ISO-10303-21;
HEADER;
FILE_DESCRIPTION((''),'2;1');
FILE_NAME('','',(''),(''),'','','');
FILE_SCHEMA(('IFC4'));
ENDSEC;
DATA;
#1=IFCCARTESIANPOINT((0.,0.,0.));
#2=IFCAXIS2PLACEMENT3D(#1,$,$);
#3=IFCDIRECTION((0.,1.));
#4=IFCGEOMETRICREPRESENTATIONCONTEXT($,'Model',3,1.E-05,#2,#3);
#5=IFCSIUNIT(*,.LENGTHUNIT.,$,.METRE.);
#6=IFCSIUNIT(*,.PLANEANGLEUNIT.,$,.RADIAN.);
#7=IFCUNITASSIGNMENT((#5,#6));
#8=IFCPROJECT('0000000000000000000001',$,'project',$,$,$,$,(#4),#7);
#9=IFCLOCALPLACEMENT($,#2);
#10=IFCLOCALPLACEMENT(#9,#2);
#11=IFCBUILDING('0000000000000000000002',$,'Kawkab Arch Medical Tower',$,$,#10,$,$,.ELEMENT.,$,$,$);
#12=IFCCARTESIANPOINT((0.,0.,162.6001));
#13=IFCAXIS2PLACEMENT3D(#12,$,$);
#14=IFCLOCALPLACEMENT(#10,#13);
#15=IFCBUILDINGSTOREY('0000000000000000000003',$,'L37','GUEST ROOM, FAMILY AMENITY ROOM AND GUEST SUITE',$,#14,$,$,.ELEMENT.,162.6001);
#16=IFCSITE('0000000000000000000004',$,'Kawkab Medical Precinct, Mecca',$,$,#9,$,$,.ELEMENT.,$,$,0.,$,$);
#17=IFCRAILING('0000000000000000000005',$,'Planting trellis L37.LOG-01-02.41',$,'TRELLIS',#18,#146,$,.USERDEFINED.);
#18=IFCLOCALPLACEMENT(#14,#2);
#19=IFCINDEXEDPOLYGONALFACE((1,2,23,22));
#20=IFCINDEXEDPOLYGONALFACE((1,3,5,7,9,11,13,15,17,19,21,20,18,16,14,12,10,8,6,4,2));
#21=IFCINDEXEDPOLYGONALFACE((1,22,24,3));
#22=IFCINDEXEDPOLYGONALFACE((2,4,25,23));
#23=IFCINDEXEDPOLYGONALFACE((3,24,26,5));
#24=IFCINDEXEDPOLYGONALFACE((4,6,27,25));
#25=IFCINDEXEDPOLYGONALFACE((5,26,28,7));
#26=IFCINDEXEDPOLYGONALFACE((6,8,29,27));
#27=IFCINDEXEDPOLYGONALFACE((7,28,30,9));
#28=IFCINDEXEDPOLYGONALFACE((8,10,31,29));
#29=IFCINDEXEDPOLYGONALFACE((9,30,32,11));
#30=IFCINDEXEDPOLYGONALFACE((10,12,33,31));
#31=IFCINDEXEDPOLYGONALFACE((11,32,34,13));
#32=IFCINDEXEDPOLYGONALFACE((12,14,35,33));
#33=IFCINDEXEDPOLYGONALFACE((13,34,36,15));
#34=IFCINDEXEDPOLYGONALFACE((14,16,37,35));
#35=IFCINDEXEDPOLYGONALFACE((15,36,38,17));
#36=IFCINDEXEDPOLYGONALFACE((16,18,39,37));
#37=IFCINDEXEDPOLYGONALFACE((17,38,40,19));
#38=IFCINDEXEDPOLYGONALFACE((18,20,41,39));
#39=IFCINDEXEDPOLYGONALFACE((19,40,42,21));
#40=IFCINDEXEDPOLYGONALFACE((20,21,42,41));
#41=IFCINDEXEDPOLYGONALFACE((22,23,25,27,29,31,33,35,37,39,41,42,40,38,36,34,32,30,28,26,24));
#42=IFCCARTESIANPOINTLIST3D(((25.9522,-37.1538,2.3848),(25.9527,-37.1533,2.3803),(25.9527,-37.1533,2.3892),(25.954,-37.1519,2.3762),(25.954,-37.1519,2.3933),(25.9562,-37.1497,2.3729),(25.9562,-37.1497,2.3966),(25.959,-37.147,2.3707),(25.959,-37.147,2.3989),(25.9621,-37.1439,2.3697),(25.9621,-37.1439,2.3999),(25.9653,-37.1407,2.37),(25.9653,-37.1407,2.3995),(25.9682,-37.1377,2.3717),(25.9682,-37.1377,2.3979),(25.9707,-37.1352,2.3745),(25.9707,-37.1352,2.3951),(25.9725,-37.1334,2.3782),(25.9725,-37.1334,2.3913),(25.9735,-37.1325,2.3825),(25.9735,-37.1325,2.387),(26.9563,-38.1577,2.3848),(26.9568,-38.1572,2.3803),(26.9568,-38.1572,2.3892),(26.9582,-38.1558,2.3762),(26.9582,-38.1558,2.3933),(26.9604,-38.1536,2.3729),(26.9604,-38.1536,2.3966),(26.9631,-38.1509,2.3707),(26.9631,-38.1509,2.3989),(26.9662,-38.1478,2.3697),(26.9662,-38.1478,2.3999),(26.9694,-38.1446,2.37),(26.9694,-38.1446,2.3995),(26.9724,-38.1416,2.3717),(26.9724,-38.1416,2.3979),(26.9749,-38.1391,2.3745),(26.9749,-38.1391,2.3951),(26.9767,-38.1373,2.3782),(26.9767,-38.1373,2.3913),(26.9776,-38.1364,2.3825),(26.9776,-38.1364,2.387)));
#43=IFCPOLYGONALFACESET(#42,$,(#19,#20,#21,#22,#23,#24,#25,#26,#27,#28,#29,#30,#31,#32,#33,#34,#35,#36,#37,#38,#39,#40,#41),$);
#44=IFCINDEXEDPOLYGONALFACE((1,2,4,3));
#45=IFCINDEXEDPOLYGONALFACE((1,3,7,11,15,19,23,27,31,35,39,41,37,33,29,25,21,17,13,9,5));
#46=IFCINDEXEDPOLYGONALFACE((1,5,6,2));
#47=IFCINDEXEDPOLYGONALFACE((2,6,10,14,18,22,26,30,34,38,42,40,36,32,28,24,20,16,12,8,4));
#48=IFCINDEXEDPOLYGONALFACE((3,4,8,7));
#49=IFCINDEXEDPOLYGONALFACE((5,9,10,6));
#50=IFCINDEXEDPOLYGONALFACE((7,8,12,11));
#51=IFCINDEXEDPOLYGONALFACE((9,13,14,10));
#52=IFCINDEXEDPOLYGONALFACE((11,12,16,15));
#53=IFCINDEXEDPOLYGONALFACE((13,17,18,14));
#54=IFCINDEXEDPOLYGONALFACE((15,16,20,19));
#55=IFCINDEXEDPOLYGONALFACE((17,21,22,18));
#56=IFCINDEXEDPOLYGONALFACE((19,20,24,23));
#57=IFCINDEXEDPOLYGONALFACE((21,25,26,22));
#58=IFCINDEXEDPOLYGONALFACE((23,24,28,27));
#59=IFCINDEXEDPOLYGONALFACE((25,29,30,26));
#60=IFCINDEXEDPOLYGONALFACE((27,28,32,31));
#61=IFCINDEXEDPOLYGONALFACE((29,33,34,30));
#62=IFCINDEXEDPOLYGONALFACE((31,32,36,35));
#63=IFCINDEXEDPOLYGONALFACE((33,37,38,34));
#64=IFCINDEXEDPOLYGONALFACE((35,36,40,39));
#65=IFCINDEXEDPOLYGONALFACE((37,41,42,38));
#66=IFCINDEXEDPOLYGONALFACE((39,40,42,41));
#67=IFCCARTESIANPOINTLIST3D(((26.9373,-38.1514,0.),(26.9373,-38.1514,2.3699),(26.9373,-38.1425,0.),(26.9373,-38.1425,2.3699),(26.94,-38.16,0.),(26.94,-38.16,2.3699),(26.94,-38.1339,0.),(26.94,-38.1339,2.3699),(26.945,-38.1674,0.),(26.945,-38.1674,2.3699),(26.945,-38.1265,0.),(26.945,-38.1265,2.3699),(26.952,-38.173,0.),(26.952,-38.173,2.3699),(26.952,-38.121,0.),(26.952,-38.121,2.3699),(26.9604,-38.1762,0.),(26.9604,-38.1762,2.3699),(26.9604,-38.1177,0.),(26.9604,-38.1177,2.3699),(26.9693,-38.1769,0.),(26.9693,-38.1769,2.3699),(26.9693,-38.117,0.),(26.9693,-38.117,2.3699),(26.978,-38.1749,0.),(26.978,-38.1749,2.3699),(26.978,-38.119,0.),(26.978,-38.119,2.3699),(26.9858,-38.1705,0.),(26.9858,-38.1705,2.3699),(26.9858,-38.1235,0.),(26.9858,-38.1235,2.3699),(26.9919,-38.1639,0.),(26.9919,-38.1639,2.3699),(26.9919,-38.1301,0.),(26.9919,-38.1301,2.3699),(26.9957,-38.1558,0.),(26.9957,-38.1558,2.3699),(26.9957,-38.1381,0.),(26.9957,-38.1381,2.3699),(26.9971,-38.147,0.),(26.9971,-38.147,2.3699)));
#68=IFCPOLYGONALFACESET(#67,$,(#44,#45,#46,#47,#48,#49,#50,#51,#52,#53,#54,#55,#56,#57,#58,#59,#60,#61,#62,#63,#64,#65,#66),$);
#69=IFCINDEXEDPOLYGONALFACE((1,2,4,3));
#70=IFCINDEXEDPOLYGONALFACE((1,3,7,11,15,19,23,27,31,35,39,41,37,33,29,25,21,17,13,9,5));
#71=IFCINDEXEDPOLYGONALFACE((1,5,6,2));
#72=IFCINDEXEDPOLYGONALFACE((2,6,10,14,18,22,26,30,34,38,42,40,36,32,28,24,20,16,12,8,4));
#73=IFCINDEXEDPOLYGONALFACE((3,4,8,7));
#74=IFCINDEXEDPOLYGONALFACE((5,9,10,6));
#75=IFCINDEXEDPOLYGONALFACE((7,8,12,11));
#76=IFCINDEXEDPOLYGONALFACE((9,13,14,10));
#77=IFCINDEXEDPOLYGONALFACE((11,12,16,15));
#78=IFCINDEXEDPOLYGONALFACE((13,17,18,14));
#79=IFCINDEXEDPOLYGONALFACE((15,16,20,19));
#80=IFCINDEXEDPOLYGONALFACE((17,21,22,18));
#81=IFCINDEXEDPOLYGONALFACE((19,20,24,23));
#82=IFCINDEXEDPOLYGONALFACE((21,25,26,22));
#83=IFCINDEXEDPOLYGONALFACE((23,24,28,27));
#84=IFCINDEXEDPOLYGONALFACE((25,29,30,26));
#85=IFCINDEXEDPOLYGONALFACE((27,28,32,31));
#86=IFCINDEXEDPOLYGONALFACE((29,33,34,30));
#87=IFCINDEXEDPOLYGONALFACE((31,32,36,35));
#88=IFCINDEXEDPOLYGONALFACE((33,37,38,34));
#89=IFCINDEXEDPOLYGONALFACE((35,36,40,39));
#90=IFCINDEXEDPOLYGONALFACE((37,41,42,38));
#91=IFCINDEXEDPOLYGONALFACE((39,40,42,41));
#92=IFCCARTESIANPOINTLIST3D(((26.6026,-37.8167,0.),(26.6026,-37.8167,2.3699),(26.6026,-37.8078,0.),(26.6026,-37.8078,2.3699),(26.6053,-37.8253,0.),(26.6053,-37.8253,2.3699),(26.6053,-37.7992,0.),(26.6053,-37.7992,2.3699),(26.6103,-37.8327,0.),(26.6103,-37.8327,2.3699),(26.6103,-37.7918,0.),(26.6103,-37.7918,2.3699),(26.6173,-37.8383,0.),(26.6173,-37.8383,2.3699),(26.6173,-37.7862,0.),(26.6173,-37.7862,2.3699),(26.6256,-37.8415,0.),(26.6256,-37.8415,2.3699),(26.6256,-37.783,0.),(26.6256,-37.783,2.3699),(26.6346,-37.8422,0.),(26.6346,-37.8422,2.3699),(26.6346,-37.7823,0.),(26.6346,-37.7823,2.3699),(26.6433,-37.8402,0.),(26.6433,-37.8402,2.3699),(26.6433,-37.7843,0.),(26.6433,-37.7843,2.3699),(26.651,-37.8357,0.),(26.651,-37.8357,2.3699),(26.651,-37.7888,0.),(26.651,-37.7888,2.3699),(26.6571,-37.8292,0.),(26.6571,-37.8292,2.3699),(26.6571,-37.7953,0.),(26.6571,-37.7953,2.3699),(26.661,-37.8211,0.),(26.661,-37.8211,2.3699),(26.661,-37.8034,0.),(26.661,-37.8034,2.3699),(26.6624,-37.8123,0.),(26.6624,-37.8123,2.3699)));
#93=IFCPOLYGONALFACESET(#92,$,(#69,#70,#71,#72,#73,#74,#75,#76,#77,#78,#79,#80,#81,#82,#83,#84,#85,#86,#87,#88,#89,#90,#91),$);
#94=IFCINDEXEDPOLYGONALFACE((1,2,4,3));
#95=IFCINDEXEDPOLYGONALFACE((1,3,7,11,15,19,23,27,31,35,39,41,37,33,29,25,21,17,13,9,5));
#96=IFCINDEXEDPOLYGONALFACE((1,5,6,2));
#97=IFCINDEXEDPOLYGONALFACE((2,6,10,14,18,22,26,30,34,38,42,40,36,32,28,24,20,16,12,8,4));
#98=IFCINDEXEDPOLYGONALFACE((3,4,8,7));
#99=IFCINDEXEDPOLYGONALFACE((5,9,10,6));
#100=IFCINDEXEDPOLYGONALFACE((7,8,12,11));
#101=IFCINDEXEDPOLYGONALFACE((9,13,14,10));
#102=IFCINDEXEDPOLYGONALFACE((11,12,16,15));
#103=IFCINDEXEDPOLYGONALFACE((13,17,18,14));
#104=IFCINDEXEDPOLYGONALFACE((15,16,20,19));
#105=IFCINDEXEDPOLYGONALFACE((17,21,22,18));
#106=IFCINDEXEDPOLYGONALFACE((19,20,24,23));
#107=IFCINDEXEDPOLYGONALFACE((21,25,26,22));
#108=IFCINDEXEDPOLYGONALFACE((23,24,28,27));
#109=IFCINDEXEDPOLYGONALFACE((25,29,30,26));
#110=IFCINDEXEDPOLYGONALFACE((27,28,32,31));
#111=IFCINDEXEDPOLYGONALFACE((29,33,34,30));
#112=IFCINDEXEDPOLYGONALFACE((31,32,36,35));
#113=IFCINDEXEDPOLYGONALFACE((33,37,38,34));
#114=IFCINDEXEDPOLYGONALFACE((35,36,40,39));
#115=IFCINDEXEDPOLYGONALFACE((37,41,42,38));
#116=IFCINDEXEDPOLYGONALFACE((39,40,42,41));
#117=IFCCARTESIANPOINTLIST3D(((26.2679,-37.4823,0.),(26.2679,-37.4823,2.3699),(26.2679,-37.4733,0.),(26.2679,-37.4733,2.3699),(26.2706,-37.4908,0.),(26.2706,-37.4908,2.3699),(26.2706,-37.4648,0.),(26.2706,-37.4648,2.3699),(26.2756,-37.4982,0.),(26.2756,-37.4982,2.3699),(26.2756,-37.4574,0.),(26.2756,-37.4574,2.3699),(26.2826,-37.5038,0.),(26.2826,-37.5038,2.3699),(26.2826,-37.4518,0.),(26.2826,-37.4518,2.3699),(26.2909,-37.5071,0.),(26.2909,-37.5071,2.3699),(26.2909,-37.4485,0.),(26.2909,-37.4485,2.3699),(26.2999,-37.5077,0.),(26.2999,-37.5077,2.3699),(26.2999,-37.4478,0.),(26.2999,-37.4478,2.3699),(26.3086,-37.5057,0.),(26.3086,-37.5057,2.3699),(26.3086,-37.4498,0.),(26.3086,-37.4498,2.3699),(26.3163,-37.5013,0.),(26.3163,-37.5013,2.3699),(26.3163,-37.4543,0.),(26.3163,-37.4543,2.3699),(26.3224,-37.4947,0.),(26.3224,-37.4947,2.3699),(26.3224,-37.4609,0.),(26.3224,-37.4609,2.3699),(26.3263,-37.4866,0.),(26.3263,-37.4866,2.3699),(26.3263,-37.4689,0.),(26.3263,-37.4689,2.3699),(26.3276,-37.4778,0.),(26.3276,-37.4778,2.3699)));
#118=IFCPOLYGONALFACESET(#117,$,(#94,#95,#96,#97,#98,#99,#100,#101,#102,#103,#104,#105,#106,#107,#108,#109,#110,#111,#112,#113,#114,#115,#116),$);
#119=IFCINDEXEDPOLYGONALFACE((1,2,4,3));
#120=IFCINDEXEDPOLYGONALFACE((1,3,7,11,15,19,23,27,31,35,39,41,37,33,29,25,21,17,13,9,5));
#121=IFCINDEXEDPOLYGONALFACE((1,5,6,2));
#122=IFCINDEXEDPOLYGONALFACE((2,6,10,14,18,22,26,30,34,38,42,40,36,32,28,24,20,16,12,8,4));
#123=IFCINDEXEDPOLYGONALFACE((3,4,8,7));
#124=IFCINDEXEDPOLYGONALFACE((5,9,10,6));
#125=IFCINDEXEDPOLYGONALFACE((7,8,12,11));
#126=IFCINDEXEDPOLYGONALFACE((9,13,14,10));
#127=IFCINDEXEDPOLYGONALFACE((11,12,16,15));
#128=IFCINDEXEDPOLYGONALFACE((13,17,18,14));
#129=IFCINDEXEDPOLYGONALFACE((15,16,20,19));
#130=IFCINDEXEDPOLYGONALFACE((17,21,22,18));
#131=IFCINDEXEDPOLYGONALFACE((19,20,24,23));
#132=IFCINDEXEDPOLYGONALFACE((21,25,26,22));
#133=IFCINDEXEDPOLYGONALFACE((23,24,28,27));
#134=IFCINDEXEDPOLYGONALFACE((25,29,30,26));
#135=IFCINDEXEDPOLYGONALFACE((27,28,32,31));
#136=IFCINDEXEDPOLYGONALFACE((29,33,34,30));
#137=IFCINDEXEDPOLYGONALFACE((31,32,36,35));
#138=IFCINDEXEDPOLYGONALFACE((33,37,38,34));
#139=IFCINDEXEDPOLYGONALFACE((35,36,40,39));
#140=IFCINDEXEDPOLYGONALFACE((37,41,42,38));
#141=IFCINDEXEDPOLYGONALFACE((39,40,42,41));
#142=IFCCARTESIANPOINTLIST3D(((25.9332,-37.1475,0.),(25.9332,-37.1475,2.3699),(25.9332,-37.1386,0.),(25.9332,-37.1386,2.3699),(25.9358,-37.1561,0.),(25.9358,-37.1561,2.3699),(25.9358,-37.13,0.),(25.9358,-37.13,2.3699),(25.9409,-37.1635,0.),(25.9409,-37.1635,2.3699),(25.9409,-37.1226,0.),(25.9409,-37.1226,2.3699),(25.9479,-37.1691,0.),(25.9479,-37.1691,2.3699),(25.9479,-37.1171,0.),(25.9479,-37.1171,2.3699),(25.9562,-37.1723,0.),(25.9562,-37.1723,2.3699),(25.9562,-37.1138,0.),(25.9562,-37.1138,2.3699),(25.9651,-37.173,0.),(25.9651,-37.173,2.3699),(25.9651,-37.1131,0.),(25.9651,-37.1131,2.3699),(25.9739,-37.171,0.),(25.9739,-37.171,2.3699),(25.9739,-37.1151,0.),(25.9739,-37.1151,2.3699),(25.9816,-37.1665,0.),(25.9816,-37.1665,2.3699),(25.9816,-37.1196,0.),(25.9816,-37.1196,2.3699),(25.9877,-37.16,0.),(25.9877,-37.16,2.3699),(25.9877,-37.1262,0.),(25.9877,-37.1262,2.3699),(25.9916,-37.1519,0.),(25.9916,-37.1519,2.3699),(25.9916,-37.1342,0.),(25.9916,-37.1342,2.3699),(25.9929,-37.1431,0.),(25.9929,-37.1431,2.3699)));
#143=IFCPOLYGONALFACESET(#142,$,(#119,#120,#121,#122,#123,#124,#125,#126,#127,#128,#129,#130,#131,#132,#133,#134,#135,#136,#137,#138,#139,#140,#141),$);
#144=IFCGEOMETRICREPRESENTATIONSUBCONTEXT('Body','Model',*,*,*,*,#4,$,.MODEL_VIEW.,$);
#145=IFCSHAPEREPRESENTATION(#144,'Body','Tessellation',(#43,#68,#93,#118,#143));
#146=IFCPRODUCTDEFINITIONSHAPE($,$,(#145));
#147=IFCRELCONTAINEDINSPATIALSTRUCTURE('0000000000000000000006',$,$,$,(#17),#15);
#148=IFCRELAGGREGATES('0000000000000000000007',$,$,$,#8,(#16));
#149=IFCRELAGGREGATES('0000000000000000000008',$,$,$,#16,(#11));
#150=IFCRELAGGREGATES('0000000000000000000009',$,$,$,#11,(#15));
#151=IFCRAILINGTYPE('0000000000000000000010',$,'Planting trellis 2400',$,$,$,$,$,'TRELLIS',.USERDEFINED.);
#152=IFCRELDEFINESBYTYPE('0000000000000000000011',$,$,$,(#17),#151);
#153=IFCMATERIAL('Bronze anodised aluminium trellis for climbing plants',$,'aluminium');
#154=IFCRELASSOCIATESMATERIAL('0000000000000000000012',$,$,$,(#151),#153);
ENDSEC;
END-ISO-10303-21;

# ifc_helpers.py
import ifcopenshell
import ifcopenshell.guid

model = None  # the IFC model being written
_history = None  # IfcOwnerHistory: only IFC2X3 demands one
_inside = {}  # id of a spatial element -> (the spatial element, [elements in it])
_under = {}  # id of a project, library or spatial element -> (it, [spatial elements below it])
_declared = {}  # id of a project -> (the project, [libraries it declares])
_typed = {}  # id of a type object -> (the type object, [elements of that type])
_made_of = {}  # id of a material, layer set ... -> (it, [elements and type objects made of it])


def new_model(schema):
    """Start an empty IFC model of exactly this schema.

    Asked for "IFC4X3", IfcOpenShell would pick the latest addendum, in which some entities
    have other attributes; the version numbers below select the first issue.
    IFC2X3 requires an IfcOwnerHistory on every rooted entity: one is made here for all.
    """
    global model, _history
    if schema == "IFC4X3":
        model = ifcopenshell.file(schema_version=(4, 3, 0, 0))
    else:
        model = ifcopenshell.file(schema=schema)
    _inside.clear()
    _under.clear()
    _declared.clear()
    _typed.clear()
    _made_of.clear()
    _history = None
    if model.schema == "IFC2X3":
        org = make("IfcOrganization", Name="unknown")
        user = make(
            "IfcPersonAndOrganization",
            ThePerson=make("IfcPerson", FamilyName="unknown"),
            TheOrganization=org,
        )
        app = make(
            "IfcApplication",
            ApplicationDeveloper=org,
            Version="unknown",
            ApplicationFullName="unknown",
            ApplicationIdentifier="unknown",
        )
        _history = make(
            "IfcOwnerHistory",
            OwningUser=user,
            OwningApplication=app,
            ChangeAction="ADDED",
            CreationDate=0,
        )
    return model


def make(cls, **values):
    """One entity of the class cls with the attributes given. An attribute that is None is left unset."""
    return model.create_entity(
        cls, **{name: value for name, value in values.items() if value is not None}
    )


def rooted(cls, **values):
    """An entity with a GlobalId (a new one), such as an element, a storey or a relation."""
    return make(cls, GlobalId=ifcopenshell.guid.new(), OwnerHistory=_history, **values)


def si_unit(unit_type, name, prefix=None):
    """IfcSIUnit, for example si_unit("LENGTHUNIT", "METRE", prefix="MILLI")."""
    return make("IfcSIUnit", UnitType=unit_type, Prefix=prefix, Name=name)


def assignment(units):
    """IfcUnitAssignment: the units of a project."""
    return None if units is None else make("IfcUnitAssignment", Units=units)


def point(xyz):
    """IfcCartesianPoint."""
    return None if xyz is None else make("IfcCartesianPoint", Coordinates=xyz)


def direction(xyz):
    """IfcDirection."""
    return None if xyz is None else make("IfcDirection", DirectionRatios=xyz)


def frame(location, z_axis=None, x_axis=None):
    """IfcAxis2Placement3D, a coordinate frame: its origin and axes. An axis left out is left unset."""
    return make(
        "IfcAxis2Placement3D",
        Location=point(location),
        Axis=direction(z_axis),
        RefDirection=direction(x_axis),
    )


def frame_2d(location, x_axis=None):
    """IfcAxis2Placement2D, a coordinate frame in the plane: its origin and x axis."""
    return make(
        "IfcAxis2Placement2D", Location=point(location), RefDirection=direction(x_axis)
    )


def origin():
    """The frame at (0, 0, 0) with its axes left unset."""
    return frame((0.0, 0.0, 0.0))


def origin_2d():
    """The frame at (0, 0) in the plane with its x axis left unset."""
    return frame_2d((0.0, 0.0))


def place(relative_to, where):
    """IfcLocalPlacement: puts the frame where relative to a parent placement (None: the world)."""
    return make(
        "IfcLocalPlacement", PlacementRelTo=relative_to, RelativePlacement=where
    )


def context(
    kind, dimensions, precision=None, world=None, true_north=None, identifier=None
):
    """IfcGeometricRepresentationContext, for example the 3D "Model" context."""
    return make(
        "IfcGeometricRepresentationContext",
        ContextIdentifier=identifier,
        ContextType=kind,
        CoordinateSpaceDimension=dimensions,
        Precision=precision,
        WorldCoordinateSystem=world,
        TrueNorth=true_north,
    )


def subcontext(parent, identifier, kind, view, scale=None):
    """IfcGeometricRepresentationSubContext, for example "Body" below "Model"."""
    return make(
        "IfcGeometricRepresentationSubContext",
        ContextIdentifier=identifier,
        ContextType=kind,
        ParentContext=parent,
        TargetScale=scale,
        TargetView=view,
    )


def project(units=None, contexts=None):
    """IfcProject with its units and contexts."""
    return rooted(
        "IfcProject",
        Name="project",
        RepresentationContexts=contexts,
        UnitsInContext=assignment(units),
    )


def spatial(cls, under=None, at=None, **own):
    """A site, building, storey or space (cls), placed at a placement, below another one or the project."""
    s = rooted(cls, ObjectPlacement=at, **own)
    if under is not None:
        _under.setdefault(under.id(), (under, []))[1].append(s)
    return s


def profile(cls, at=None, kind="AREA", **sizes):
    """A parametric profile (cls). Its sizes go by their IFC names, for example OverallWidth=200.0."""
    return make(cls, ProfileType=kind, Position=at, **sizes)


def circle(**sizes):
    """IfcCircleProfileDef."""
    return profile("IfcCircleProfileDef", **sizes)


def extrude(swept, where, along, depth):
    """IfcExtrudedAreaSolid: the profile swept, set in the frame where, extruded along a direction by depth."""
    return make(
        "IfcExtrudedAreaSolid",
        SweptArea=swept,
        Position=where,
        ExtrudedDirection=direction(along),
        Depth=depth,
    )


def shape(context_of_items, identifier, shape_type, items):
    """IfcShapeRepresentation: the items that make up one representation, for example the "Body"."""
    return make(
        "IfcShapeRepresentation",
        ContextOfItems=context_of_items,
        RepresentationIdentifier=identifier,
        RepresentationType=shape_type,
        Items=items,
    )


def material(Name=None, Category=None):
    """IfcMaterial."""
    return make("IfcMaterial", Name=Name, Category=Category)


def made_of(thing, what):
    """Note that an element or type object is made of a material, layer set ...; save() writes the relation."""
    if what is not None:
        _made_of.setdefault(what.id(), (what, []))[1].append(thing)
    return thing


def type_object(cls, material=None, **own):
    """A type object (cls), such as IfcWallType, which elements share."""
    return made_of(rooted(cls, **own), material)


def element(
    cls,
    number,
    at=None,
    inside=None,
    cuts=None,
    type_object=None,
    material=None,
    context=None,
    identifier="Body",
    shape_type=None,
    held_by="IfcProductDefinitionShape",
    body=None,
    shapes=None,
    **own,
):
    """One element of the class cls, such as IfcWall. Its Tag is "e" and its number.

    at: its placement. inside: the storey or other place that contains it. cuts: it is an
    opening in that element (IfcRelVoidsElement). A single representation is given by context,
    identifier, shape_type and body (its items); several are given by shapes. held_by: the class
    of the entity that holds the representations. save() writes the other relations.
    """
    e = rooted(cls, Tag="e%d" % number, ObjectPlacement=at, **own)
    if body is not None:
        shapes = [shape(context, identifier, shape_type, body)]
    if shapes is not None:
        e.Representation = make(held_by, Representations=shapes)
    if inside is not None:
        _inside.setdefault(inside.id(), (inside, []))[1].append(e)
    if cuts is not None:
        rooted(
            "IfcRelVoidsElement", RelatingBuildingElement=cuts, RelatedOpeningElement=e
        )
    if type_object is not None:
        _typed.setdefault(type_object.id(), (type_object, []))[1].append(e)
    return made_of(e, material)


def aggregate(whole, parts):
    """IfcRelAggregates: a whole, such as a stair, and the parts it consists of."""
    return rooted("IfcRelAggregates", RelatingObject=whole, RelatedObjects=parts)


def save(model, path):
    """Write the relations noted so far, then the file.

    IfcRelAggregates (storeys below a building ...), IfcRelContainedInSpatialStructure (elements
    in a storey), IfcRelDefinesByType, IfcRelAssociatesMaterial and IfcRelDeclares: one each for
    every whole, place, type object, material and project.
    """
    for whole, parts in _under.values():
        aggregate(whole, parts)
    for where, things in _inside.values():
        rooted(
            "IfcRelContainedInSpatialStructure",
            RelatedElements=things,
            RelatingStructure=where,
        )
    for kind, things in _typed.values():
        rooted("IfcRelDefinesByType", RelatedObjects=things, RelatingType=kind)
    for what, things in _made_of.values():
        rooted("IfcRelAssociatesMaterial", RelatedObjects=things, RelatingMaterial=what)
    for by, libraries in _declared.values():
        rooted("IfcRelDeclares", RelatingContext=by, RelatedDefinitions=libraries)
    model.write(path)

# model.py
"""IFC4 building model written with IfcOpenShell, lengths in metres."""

from ifc_helpers import new_model, si_unit, direction, frame, origin, origin_2d, place, context, subcontext, project, spatial, circle, extrude, material, type_object, element, save


model = new_model("IFC4")

# Units and contexts
model_context = context("Model", 3, precision=1e-05, world=origin(), true_north=direction((0.0, 1.0)))
body_context = subcontext(model_context, "Body", "Model", "MODEL_VIEW")
ifc_project = project(units=[si_unit("LENGTHUNIT", "METRE"), si_unit("PLANEANGLEUNIT", "RADIAN")], contexts=[model_context])

# Site, building, storey
site_placement = place(None, origin())
site = spatial("IfcSite", under=ifc_project, at=site_placement, Name="Kawkab Medical Precinct, Mecca", CompositionType="ELEMENT", RefElevation=0.0)
building_placement = place(site_placement, origin())
building = spatial("IfcBuilding", under=site, at=building_placement, Name="Kawkab Arch Medical Tower", CompositionType="ELEMENT")
storey_placement = place(building_placement, frame((0.0, 0.0, 162.6001)))
storey = spatial("IfcBuildingStorey", under=building, at=storey_placement, Name="L37", Description="GUEST ROOM, FAMILY AMENITY ROOM AND GUEST SUITE", CompositionType="ELEMENT", Elevation=162.6001)

# Railing
ifc_material_1 = material(Name="Bronze anodised aluminium trellis for climbing plants", Category="aluminium")
railing_type = type_object("IfcRailingType", Name="Planting trellis 2400", ElementType="TRELLIS", PredefinedType="USERDEFINED", material=ifc_material_1)
railing_1_placement = place(storey_placement, frame((26.967, -38.147, 0.0)))
element("IfcRailing", 1, at=railing_1_placement, inside=storey, type_object=railing_type, Name="Planting trellis L37.LOG-01-02.41", ObjectType="TRELLIS", PredefinedType="USERDEFINED", context=body_context, shape_type="SweptSolid", body=[
    extrude(circle(Radius=0.0151, at=origin_2d()), frame((0.0, 0.0, 2.3848), z_axis=(-0.707193, 0.707021, 0.0), x_axis=(-0.707021, -0.707193, 0.0)), (0.0, 0.0, 1.0), 1.4199),
    extrude(circle(Radius=0.03, at=origin_2d()), origin(), (0.0, 0.0, 1.0), 2.3699),
    extrude(circle(Radius=0.03, at=origin_2d()), frame((-0.3347, 0.3347, 0.0)), (0.0, 0.0, 1.0), 2.3699),
    extrude(circle(Radius=0.03, at=origin_2d()), frame((-0.6694, 0.6692, 0.0)), (0.0, 0.0, 1.0), 2.3699),
    extrude(circle(Radius=0.03, at=origin_2d()), frame((-1.0042, 1.0039, 0.0)), (0.0, 0.0, 1.0), 2.3699),
])

save(model, "model.ifc")
